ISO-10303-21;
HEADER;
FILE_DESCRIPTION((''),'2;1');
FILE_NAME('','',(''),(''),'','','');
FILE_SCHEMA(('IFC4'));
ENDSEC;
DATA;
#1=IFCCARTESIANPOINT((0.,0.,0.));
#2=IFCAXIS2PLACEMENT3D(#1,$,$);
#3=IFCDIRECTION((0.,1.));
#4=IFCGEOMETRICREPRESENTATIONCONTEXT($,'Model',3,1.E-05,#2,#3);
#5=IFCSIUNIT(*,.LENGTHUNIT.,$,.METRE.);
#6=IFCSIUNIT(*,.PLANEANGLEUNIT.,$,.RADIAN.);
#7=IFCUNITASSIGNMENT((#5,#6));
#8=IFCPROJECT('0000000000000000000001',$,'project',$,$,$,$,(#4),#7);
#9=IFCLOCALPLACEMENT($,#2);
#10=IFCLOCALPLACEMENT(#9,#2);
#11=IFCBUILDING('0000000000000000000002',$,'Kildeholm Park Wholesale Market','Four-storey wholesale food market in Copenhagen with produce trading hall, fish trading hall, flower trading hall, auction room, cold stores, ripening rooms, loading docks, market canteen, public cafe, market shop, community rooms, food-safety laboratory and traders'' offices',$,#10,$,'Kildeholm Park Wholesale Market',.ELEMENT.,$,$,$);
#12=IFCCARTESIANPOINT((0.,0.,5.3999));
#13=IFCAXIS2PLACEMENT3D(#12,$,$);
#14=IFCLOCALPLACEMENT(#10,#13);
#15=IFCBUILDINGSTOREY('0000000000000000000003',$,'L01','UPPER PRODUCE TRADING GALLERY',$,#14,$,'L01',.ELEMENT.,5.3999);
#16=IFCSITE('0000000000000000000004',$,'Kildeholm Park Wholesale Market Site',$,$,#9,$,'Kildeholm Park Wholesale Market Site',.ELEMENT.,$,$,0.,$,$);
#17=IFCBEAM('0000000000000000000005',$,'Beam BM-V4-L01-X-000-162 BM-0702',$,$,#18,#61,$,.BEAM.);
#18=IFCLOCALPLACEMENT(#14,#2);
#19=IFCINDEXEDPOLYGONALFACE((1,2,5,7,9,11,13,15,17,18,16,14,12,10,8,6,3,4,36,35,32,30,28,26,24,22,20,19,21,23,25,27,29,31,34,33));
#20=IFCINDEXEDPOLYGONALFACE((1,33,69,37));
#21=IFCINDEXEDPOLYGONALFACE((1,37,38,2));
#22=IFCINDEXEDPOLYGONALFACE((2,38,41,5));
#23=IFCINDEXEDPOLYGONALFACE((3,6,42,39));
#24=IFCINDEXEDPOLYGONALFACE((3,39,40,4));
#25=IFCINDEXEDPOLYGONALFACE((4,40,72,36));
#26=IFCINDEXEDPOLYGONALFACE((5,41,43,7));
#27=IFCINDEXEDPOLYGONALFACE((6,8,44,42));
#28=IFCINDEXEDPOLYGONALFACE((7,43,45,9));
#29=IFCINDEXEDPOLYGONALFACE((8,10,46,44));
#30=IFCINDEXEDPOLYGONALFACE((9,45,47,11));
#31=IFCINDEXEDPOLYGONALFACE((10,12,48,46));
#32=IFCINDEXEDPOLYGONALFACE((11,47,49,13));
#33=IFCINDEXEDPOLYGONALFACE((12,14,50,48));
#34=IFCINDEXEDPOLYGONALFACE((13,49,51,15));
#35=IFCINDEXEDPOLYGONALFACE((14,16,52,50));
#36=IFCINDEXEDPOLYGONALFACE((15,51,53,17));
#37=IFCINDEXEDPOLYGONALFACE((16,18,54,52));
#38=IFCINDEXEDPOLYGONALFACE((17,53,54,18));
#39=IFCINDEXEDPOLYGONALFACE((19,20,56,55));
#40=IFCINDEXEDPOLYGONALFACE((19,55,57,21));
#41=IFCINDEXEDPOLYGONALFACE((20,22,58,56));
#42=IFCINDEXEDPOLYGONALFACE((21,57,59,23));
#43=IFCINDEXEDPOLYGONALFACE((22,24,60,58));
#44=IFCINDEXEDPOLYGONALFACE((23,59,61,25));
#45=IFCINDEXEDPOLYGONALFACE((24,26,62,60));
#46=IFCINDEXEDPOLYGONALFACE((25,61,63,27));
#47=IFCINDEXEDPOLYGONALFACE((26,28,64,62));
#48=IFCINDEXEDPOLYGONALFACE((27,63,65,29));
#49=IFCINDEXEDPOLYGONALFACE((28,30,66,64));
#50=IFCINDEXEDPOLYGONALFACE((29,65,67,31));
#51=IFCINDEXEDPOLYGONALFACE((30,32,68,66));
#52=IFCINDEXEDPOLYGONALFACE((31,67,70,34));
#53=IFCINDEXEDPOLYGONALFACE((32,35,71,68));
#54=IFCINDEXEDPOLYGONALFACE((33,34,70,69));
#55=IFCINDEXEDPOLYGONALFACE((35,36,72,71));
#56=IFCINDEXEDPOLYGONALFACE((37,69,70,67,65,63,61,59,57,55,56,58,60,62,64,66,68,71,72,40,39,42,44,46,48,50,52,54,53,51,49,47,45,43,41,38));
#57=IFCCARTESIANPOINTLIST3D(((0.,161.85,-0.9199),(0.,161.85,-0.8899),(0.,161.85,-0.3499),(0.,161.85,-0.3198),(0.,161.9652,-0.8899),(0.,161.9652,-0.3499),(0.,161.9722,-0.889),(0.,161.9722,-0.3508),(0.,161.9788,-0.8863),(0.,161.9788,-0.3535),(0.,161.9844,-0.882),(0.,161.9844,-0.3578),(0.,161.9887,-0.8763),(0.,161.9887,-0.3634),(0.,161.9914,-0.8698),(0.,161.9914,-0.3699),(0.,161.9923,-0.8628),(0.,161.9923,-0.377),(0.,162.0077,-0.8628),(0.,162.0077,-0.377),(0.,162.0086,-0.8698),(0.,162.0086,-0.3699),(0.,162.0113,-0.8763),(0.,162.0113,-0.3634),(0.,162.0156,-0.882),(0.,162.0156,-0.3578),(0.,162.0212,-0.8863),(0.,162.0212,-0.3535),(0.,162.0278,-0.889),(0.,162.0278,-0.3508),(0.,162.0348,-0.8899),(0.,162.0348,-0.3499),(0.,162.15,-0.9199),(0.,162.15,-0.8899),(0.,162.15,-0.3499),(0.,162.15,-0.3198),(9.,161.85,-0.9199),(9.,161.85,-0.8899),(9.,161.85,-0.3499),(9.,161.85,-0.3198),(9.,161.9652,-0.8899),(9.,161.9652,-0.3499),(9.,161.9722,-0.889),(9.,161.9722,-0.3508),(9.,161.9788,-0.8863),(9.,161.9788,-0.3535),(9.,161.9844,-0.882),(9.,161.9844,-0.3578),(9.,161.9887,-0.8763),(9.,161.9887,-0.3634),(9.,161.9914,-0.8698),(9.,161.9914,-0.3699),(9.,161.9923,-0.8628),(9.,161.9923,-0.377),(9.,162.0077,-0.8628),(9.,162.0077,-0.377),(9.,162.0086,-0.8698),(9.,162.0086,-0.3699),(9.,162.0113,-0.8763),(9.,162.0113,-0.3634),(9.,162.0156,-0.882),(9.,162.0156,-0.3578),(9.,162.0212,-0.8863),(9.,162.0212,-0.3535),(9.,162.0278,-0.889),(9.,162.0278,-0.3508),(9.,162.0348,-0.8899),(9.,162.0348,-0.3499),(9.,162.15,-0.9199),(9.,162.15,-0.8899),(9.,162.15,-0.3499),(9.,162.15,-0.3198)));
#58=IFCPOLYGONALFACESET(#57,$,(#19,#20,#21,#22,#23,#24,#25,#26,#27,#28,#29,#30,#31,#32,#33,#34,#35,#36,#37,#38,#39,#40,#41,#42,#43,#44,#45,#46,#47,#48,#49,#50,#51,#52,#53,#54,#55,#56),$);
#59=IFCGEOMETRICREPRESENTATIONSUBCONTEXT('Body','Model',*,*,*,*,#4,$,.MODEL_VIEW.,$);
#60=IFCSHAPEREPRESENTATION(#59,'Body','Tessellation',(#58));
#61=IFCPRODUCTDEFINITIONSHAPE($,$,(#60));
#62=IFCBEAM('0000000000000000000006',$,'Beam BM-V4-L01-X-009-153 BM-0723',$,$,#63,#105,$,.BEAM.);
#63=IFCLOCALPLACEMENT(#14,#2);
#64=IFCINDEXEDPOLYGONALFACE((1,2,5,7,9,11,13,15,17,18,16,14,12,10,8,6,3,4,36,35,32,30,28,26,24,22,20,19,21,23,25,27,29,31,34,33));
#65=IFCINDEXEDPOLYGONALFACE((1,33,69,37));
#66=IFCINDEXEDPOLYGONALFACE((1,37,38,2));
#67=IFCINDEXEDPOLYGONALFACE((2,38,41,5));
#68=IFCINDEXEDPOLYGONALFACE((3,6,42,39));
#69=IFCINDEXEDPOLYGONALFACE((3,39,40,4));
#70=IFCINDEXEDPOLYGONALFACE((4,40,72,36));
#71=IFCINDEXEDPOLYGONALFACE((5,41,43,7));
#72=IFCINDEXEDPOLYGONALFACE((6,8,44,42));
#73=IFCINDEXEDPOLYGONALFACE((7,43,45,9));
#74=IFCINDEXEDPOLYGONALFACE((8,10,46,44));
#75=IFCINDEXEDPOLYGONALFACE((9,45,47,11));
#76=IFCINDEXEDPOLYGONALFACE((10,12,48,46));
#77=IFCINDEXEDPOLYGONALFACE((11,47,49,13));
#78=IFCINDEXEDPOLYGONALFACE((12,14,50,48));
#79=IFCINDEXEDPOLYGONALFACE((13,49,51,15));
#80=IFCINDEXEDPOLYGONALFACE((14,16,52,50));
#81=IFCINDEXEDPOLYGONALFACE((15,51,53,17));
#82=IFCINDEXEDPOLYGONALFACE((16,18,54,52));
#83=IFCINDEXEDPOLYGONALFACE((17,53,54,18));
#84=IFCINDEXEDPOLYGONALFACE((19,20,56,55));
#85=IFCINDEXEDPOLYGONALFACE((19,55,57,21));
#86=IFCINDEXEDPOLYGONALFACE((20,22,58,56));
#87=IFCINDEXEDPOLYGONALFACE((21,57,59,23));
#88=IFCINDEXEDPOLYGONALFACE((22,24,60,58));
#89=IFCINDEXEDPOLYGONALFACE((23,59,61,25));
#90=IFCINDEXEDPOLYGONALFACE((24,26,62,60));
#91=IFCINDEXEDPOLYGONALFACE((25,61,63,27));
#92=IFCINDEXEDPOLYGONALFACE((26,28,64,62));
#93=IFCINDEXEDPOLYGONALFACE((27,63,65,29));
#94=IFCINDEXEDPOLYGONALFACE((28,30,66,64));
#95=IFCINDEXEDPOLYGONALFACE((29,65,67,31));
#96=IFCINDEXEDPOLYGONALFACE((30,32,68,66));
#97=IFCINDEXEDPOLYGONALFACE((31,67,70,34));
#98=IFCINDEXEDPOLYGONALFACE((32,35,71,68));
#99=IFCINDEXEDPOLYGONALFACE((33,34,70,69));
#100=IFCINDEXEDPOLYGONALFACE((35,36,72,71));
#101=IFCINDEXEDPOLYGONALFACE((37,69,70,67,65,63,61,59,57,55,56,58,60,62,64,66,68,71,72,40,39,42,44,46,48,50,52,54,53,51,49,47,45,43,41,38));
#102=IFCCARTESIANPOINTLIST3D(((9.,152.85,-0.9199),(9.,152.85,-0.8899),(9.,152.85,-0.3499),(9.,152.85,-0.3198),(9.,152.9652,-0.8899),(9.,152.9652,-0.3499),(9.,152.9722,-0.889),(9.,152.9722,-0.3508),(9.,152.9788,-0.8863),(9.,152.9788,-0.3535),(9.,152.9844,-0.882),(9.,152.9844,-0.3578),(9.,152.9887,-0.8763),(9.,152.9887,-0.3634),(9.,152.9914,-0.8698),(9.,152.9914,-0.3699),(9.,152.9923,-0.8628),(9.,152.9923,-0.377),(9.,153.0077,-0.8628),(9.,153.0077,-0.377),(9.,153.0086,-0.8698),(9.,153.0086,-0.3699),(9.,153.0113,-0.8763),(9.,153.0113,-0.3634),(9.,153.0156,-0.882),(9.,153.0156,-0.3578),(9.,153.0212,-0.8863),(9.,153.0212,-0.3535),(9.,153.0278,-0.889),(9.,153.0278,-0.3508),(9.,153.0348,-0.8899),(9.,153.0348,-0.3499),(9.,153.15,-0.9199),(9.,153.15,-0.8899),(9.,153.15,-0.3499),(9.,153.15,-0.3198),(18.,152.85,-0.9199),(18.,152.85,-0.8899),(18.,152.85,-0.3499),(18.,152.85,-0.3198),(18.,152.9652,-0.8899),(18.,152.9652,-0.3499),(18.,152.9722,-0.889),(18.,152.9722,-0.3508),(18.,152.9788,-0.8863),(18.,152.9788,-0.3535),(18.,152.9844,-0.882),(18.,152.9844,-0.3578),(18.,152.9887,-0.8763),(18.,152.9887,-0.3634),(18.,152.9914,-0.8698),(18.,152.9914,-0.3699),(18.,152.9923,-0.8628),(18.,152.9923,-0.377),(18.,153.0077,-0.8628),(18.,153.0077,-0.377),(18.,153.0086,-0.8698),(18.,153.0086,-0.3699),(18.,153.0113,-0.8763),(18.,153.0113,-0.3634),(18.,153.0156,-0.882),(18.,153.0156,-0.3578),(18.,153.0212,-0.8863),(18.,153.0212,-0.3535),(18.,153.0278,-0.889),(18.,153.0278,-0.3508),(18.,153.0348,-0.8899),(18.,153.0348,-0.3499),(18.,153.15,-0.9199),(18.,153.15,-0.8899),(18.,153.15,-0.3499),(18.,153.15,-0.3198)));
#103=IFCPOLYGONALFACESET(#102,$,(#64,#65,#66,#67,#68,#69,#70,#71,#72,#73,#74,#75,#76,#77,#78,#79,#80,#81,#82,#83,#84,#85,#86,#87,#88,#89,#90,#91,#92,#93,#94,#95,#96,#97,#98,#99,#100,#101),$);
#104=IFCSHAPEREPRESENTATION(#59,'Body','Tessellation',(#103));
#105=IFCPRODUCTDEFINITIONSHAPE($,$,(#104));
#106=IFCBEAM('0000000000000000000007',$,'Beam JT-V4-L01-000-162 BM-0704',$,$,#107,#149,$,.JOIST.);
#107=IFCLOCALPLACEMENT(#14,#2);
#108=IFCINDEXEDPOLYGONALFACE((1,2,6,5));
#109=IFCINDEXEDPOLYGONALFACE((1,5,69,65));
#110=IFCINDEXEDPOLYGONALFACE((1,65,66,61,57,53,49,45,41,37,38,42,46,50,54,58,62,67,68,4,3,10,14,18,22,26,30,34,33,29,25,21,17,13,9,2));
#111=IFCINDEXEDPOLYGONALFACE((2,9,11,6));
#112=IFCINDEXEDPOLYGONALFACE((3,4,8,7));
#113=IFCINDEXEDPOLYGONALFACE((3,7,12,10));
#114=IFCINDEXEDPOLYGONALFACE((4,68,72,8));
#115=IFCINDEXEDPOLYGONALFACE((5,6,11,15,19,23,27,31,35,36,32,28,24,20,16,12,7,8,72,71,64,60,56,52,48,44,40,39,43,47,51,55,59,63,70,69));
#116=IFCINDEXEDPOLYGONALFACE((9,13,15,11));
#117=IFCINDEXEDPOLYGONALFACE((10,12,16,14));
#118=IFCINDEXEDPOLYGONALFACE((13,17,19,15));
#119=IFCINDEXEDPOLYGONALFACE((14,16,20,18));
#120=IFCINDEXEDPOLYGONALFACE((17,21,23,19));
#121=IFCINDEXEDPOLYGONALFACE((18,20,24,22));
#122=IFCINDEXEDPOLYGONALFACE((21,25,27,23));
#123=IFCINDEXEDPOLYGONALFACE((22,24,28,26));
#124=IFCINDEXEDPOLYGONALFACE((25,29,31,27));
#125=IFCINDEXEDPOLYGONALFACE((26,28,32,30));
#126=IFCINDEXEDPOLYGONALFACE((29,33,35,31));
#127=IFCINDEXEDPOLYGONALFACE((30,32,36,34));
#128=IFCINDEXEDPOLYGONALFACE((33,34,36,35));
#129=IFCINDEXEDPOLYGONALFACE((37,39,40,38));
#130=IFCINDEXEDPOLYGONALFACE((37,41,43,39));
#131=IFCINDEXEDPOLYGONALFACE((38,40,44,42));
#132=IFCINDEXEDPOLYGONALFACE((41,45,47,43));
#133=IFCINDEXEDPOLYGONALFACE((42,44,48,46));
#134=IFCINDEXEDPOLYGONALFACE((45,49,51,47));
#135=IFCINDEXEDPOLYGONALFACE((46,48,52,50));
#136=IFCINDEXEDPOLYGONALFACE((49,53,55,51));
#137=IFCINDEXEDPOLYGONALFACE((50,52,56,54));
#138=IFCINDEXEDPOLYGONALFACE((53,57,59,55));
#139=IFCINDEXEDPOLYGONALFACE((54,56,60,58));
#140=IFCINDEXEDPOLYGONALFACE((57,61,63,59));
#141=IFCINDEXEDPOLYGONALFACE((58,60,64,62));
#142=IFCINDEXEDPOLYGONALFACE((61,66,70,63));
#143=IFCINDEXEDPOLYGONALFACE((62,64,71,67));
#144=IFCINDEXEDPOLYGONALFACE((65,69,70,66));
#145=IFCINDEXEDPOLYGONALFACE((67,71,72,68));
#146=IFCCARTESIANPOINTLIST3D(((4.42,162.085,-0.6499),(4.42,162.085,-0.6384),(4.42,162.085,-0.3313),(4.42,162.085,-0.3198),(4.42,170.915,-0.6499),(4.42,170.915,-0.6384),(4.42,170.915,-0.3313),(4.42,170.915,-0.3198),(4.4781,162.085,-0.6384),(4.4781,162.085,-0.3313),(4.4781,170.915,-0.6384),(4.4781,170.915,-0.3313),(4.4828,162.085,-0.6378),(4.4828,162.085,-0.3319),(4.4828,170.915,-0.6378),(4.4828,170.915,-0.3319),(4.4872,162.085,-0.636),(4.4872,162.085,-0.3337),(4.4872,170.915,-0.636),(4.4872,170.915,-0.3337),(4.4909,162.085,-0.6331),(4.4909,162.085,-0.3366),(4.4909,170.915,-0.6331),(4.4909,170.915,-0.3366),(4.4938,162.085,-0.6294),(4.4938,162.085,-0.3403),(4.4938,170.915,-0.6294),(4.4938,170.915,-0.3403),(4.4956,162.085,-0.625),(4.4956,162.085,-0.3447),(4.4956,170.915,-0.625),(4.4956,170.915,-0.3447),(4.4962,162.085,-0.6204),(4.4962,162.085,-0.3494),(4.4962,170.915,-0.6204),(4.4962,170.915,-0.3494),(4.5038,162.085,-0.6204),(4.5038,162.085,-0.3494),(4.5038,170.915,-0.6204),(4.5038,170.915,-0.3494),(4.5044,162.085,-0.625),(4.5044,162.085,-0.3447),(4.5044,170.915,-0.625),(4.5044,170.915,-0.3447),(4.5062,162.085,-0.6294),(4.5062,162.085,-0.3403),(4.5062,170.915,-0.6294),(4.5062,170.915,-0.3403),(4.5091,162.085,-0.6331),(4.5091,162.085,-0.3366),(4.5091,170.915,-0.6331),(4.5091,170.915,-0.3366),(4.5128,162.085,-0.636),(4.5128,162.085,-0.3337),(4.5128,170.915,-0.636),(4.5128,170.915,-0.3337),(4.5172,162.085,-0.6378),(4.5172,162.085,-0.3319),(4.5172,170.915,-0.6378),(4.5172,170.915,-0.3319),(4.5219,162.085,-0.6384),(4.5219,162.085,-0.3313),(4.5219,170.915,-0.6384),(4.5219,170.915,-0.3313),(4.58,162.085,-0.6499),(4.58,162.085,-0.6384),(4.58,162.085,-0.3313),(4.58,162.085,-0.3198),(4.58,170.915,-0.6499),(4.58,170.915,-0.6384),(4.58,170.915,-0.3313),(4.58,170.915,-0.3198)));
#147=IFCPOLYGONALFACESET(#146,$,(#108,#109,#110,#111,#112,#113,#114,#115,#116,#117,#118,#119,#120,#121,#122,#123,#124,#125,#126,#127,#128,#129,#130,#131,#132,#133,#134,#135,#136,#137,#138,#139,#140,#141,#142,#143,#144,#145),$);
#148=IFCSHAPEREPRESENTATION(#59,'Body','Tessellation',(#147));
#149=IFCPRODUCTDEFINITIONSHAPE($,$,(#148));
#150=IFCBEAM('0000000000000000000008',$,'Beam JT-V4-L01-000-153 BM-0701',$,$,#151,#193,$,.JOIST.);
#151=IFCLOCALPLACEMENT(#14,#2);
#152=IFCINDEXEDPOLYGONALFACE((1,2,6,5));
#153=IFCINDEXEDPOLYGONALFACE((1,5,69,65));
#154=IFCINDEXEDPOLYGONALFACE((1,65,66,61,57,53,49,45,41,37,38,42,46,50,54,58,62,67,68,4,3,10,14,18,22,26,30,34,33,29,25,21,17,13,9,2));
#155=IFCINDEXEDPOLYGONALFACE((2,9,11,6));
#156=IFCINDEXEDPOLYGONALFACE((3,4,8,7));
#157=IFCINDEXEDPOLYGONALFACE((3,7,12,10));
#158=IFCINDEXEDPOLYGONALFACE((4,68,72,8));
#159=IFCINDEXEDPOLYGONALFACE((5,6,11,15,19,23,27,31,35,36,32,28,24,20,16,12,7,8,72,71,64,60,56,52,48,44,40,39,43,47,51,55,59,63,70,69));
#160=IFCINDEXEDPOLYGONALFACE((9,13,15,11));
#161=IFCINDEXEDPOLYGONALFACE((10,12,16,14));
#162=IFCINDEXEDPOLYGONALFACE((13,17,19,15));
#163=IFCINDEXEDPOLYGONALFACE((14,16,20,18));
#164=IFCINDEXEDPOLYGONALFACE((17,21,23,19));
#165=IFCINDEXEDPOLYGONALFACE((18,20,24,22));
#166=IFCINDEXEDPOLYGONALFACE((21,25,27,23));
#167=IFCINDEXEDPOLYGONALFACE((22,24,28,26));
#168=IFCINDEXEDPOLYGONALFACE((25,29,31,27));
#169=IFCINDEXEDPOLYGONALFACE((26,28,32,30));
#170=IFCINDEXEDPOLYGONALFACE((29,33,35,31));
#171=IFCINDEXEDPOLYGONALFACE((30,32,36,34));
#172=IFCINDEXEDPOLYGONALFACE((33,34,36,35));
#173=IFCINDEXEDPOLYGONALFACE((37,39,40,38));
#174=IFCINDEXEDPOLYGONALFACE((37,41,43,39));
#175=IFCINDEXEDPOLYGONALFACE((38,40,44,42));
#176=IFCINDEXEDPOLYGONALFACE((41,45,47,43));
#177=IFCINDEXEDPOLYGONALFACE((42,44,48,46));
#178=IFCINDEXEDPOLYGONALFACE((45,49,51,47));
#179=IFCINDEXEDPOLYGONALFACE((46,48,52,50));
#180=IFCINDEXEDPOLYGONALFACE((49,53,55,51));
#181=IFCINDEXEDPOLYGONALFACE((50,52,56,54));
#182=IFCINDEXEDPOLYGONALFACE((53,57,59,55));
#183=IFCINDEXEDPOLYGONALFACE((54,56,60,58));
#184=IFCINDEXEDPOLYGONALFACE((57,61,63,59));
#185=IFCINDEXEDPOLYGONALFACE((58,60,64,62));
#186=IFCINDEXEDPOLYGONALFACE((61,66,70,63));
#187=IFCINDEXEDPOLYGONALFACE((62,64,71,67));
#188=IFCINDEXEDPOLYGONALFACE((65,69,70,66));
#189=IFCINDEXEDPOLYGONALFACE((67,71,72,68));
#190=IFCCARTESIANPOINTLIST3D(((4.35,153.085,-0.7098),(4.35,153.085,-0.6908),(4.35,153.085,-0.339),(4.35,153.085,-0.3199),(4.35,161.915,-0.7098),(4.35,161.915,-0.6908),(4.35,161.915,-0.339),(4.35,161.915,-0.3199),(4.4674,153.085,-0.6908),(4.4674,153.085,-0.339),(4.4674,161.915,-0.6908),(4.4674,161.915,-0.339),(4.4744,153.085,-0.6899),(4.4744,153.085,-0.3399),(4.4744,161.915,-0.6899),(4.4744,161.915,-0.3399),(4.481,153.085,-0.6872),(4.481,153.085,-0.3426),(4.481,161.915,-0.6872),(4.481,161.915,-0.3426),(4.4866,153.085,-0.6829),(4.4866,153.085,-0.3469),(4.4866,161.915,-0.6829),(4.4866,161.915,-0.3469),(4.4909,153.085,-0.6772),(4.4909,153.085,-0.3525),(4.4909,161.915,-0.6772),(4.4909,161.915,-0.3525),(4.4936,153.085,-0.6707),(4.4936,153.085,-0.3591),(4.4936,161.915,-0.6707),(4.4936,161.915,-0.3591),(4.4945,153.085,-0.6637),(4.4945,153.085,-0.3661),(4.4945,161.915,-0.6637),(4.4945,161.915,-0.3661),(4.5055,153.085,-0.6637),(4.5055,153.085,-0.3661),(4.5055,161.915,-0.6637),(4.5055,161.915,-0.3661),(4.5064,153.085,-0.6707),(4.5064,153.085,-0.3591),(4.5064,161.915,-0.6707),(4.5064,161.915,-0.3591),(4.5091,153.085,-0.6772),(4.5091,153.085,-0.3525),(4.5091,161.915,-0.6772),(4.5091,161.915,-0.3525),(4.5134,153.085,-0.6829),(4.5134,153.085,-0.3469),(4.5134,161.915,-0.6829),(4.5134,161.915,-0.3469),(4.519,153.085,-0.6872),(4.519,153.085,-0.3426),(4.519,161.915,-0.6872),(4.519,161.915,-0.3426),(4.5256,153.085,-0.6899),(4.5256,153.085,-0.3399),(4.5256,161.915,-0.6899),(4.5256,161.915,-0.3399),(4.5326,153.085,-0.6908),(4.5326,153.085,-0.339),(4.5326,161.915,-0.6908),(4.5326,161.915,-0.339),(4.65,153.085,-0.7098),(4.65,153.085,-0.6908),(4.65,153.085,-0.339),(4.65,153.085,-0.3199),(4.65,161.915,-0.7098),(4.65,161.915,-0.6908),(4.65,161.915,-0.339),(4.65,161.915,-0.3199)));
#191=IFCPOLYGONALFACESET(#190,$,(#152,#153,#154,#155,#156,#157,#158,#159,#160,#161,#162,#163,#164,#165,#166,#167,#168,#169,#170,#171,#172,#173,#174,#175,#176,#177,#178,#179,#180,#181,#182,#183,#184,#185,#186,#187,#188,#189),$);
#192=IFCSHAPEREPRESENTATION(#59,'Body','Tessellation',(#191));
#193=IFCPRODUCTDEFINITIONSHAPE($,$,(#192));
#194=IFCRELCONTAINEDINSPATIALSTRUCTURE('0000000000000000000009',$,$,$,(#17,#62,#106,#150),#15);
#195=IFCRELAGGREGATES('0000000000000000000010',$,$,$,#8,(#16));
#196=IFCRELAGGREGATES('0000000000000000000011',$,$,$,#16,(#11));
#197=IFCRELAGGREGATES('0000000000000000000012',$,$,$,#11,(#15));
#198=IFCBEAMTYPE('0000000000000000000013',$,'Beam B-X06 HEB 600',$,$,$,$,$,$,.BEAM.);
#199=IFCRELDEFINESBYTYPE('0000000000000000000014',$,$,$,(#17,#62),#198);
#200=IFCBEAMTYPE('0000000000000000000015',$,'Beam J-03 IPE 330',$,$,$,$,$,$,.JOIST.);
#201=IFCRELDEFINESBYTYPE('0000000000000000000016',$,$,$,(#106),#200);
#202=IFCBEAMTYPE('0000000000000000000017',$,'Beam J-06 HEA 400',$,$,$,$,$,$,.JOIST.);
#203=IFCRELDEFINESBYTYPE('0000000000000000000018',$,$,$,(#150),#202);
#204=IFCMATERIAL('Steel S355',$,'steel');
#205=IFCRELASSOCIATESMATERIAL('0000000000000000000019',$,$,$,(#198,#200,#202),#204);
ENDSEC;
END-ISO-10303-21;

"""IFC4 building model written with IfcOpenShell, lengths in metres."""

from ifc_helpers import new_model, si_unit, direction, frame, origin, origin_2d, place, context, subcontext, project, spatial, i_section, extrude, material, material_profile, profile_set, type_object, element, save


model = new_model("IFC4")

# Units and contexts
model_context = context("Model", 3, precision=1e-05, world=origin(), true_north=direction((0.0, 1.0)))
body_context = subcontext(model_context, "Body", "Model", "MODEL_VIEW")
ifc_project = project(units=[si_unit("LENGTHUNIT", "METRE"), si_unit("PLANEANGLEUNIT", "RADIAN")], contexts=[model_context])

# Site, building, storey
site_placement = place(None, origin())
site = spatial("IfcSite", under=ifc_project, at=site_placement, Name="Kildeholm Park Wholesale Market Site", LongName="Kildeholm Park Wholesale Market Site", CompositionType="ELEMENT", RefElevation=0.0)
building_placement = place(site_placement, origin())
building = spatial("IfcBuilding", under=site, at=building_placement, Name="Kildeholm Park Wholesale Market", Description="Four-storey wholesale food market in Copenhagen with produce trading hall, fish trading hall, flower trading hall, auction room, cold stores, ripening rooms, loading docks, market canteen, public cafe, market shop, community rooms, food-safety laboratory and traders' offices", LongName="Kildeholm Park Wholesale Market", CompositionType="ELEMENT")
storey_placement = place(building_placement, frame((0.0, 0.0, 5.3999)))
storey = spatial("IfcBuildingStorey", under=building, at=storey_placement, Name="L01", Description="UPPER PRODUCE TRADING GALLERY", LongName="L01", CompositionType="ELEMENT", Elevation=5.3999)

# Beams
ifc_material_1 = material(Name="Steel S355", Category="steel")
ifc_material_profile_1 = material_profile(ifc_material_1, i_section(OverallWidth=0.3, OverallDepth=0.6001, WebThickness=0.0154, FlangeThickness=0.03, FilletRadius=0.0271, at=origin_2d()), Name="HEB 600")
ifc_profile_set_1 = profile_set([ifc_material_profile_1], Name="Steel S355")
beam_type_1 = type_object("IfcBeamType", Name="Beam B-X06 HEB 600", PredefinedType="BEAM", material=ifc_profile_set_1)
for number, where, z_axis, x_axis, name in (
    (1, (0.0, 162.0, -0.6199), (1.0, 0.0, 0.0), (0.0, 1.0, 0.0), "Beam BM-V4-L01-X-000-162 BM-0702"),
    (2, (9.0, 153.0, -0.6199), (1.0, 0.0, 0.0), (0.0, 1.0, 0.0), "Beam BM-V4-L01-X-009-153 BM-0723"),
):
    element("IfcBeam", number, at=place(storey_placement, frame(where, z_axis=z_axis, x_axis=x_axis)), inside=storey, type_object=beam_type_1, Name=name, PredefinedType="BEAM", context=body_context, shape_type="SweptSolid", body=[
        extrude(i_section(OverallWidth=0.3, OverallDepth=0.6001, WebThickness=0.0154, FlangeThickness=0.03, FilletRadius=0.0271, at=origin_2d()), origin(), (0.0, 0.0, 1.0), 9.0),
    ])
ifc_material_profile_2 = material_profile(ifc_material_1, i_section(OverallWidth=0.1599, OverallDepth=0.3301, WebThickness=0.0076, FlangeThickness=0.0115, FilletRadius=0.0181, at=origin_2d()), Name="IPE 330")
ifc_profile_set_2 = profile_set([ifc_material_profile_2], Name="Steel S355")
beam_type_2 = type_object("IfcBeamType", Name="Beam J-03 IPE 330", PredefinedType="JOIST", material=ifc_profile_set_2)
beam_1_placement = place(storey_placement, frame((4.5, 162.085, -0.4849), z_axis=(0.0, 1.0, 0.0), x_axis=(-1.0, 0.0, 0.0)))
element("IfcBeam", 3, at=beam_1_placement, inside=storey, type_object=beam_type_2, Name="Beam JT-V4-L01-000-162 BM-0704", PredefinedType="JOIST", context=body_context, shape_type="SweptSolid", body=[
    extrude(i_section(OverallWidth=0.1599, OverallDepth=0.3301, WebThickness=0.0076, FlangeThickness=0.0115, FilletRadius=0.0181, at=origin_2d()), origin(), (0.0, 0.0, 1.0), 8.8301),
])
ifc_material_profile_3 = material_profile(ifc_material_1, i_section(OverallWidth=0.3, OverallDepth=0.3899, WebThickness=0.011, FlangeThickness=0.019, FilletRadius=0.0271, at=origin_2d()), Name="HEA 400")
ifc_profile_set_3 = profile_set([ifc_material_profile_3], Name="Steel S355")
beam_type_3 = type_object("IfcBeamType", Name="Beam J-06 HEA 400", PredefinedType="JOIST", material=ifc_profile_set_3)
beam_2_placement = place(storey_placement, frame((4.5, 153.085, -0.5149), z_axis=(0.0, 1.0, 0.0), x_axis=(-1.0, 0.0, 0.0)))
element("IfcBeam", 4, at=beam_2_placement, inside=storey, type_object=beam_type_3, Name="Beam JT-V4-L01-000-153 BM-0701", PredefinedType="JOIST", context=body_context, shape_type="SweptSolid", body=[
    extrude(i_section(OverallWidth=0.3, OverallDepth=0.3899, WebThickness=0.011, FlangeThickness=0.019, FilletRadius=0.0271, at=origin_2d()), origin(), (0.0, 0.0, 1.0), 8.8301),
])

save(model, "model.ifc")
